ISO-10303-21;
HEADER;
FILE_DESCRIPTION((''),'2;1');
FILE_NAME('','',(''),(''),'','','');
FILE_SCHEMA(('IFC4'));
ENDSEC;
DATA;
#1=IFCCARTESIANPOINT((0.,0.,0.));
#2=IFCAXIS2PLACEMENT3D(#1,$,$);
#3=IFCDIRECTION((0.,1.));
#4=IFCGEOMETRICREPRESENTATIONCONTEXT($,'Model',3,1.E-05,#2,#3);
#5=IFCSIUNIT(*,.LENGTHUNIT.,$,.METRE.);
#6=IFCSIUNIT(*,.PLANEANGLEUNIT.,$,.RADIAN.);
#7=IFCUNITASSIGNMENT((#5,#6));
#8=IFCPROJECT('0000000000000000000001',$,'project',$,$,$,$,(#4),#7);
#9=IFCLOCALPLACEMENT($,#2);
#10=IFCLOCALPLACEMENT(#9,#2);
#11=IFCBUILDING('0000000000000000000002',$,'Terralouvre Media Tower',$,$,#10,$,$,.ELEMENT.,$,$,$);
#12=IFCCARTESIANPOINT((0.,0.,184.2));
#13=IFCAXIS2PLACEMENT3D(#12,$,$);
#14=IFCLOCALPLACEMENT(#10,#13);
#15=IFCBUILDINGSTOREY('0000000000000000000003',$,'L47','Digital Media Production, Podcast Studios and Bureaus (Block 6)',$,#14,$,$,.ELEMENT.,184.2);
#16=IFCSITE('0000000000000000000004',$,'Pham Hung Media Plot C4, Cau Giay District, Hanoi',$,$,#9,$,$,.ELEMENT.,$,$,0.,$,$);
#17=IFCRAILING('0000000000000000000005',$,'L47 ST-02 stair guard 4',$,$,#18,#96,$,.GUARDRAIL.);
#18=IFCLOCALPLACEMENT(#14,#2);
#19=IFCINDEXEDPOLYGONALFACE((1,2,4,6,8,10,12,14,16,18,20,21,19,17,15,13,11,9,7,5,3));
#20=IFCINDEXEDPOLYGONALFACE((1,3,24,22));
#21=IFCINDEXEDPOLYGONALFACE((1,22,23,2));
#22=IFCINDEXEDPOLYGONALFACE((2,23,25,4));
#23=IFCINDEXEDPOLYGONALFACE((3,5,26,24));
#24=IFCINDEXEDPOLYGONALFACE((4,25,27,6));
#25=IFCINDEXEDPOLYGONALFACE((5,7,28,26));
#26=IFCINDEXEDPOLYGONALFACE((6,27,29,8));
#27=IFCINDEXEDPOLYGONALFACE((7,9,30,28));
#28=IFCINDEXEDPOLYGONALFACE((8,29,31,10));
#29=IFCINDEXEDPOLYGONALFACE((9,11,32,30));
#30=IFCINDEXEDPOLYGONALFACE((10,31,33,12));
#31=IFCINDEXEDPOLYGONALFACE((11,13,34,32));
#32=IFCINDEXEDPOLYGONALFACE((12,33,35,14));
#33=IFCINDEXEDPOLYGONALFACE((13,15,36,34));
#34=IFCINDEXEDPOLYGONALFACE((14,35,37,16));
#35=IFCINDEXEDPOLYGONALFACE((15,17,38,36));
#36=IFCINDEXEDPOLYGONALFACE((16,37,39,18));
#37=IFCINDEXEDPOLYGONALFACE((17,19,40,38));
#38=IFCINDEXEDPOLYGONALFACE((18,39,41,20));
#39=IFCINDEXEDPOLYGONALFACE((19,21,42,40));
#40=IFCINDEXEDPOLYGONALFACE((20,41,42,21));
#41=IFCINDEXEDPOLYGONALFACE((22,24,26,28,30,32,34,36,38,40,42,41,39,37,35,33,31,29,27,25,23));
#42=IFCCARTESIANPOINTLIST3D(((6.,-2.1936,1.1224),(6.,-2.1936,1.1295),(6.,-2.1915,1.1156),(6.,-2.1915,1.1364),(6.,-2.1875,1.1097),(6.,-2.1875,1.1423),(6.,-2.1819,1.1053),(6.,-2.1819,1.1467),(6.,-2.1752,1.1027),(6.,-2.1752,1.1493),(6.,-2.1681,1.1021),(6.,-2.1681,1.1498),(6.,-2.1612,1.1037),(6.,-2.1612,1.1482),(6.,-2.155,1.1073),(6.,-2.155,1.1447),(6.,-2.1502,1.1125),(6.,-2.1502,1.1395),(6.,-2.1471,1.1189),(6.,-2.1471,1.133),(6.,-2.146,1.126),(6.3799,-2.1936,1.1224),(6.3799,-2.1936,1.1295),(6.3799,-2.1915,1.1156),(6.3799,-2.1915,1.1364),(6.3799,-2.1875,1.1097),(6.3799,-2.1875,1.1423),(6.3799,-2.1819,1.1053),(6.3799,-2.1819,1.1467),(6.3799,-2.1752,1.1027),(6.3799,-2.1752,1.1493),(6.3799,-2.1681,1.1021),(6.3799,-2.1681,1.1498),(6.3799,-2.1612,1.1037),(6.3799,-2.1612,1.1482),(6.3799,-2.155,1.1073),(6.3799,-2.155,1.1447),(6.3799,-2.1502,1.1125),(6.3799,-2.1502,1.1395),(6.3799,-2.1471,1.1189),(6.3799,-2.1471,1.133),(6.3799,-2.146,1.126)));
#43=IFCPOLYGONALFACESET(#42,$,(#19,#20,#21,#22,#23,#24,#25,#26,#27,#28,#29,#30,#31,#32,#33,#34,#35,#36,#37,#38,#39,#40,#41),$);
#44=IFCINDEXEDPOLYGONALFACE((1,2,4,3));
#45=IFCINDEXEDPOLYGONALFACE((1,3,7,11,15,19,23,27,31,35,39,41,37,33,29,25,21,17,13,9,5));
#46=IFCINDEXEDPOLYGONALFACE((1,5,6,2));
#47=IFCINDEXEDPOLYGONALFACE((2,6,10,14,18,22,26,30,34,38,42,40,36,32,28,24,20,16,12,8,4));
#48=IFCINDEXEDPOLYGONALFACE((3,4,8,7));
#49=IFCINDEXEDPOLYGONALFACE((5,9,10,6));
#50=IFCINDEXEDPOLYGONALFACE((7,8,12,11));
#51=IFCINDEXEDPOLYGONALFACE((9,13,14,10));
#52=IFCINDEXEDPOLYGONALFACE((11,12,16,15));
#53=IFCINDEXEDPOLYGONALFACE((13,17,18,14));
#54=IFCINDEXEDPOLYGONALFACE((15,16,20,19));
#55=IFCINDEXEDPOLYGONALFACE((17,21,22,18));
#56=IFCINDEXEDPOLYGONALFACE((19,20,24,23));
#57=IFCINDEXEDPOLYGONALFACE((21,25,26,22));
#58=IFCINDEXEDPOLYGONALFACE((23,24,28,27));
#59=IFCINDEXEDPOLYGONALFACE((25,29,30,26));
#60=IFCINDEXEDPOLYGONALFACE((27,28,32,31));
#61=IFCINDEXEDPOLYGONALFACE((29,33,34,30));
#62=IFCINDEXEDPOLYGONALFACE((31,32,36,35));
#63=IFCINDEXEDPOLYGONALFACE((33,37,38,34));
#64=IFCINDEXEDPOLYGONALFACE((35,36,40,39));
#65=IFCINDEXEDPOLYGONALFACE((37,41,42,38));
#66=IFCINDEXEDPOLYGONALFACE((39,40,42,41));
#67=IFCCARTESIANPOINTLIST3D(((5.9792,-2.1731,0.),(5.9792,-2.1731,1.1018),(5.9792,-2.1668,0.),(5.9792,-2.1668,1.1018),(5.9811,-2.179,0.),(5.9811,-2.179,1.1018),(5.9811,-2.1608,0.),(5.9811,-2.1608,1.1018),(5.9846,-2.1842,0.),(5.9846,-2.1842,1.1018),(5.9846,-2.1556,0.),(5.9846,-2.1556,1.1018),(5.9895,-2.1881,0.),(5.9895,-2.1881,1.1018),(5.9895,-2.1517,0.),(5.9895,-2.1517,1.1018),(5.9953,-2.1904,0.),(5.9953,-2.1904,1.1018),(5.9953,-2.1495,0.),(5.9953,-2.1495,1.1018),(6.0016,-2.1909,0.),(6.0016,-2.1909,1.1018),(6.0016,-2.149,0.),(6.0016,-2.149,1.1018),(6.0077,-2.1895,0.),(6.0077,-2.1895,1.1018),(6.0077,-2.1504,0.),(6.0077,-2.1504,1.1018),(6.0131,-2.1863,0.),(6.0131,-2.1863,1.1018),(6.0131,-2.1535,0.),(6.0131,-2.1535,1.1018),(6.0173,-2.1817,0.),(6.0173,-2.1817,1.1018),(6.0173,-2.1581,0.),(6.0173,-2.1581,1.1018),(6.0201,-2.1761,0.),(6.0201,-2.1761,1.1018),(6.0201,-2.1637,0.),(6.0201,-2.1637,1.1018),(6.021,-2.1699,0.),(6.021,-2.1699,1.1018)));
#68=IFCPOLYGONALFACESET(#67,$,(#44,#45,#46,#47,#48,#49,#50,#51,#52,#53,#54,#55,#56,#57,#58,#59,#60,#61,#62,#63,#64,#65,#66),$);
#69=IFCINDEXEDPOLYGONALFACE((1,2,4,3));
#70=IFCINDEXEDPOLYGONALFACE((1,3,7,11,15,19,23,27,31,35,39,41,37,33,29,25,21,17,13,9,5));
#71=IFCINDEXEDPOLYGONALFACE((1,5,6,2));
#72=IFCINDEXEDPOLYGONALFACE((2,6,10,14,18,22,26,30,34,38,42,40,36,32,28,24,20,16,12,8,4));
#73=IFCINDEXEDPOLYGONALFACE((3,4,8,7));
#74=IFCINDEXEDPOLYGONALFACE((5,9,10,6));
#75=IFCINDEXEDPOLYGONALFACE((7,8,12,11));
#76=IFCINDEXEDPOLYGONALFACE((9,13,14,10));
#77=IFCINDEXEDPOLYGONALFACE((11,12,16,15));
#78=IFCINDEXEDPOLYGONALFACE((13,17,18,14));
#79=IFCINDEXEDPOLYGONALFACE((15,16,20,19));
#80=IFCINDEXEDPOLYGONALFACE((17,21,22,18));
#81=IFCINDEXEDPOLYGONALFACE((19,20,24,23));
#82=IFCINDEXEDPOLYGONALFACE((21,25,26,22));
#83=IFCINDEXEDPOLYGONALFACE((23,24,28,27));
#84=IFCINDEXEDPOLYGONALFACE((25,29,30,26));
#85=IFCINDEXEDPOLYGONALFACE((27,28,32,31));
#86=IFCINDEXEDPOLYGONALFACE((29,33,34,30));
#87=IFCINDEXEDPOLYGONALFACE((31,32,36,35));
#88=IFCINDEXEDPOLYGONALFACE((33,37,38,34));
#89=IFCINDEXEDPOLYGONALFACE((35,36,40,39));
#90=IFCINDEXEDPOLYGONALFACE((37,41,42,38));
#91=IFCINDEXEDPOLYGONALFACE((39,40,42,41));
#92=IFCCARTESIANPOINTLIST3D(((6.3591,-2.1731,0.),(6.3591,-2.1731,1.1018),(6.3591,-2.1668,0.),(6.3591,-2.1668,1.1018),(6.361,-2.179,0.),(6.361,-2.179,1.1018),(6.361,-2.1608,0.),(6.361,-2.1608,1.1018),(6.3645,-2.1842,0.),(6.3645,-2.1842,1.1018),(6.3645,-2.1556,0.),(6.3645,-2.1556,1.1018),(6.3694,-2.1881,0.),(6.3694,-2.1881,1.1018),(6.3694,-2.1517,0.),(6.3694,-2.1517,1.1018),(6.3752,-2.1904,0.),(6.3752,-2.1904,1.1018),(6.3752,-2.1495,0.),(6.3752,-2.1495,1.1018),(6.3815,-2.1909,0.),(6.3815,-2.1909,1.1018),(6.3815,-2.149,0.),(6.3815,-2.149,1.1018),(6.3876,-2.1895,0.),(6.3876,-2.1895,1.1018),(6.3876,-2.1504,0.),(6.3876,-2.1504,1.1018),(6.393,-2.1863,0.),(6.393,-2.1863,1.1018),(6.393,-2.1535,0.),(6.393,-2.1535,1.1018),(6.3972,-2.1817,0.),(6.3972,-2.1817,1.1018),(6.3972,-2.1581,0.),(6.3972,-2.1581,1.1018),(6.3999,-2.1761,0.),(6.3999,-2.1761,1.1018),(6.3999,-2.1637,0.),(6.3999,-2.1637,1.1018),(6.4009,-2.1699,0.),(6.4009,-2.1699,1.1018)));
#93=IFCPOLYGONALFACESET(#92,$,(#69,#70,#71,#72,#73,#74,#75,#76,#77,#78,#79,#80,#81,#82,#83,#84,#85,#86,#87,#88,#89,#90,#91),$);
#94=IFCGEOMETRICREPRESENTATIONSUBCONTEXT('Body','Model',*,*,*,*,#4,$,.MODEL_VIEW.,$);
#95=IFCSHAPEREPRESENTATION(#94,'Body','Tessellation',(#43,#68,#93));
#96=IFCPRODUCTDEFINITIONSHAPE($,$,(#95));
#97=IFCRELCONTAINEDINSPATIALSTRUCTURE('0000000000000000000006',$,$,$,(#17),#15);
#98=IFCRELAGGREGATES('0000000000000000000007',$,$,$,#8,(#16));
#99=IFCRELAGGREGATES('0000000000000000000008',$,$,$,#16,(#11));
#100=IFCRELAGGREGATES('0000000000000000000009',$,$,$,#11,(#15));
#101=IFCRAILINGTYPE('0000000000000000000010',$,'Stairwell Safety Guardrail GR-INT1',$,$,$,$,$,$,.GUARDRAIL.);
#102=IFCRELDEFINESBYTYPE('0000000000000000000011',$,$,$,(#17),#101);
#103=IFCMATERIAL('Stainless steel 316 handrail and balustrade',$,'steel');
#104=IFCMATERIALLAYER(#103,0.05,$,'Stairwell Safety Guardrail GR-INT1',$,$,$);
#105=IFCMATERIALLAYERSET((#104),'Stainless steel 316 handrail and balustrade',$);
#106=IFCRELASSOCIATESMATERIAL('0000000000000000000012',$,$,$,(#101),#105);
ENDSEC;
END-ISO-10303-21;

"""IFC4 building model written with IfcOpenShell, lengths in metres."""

from ifc_helpers import new_model, si_unit, direction, frame, origin, origin_2d, place, context, subcontext, project, spatial, circle, extrude, material, layer, layer_set, type_object, element, save


model = new_model("IFC4")

# Units and contexts
model_context = context("Model", 3, precision=1e-05, world=origin(), true_north=direction((0.0, 1.0)))
body_context = subcontext(model_context, "Body", "Model", "MODEL_VIEW")
ifc_project = project(units=[si_unit("LENGTHUNIT", "METRE"), si_unit("PLANEANGLEUNIT", "RADIAN")], contexts=[model_context])

# Site, building, storey
site_placement = place(None, origin())
site = spatial("IfcSite", under=ifc_project, at=site_placement, Name="Pham Hung Media Plot C4, Cau Giay District, Hanoi", CompositionType="ELEMENT", RefElevation=0.0)
building_placement = place(site_placement, origin())
building = spatial("IfcBuilding", under=site, at=building_placement, Name="Terralouvre Media Tower", CompositionType="ELEMENT")
storey_placement = place(building_placement, frame((0.0, 0.0, 184.2)))
storey = spatial("IfcBuildingStorey", under=building, at=storey_placement, Name="L47", Description="Digital Media Production, Podcast Studios and Bureaus (Block 6)", CompositionType="ELEMENT", Elevation=184.2)

# Railing
ifc_material_1 = material(Name="Stainless steel 316 handrail and balustrade", Category="steel")
ifc_layer_1 = layer(ifc_material_1, 0.05, Name="Stairwell Safety Guardrail GR-INT1")
ifc_layer_set_1 = layer_set([ifc_layer_1], Name="Stainless steel 316 handrail and balustrade")
railing_type_1 = type_object("IfcRailingType", Name="Stairwell Safety Guardrail GR-INT1", PredefinedType="GUARDRAIL", material=ifc_layer_set_1)
railing_1_placement = place(storey_placement, frame((6.0, -2.1699, 0.0)))
element("IfcRailing", 1, at=railing_1_placement, inside=storey, type_object=railing_type_1, Name="L47 ST-02 stair guard 4", PredefinedType="GUARDRAIL", context=body_context, shape_type="SweptSolid", body=[
    extrude(circle(Radius=0.0239, at=origin_2d()), frame((0.0, 0.0, 1.126), z_axis=(1.0, 0.0, 0.0), x_axis=(0.0, 1.0, 0.0)), (0.0, 0.0, 1.0), 0.3799),
    extrude(circle(Radius=0.021, at=origin_2d()), origin(), (0.0, 0.0, 1.0), 1.1018),
    extrude(circle(Radius=0.021, at=origin_2d()), frame((0.3799, 0.0, 0.0)), (0.0, 0.0, 1.0), 1.1018),
])

save(model, "model.ifc")
